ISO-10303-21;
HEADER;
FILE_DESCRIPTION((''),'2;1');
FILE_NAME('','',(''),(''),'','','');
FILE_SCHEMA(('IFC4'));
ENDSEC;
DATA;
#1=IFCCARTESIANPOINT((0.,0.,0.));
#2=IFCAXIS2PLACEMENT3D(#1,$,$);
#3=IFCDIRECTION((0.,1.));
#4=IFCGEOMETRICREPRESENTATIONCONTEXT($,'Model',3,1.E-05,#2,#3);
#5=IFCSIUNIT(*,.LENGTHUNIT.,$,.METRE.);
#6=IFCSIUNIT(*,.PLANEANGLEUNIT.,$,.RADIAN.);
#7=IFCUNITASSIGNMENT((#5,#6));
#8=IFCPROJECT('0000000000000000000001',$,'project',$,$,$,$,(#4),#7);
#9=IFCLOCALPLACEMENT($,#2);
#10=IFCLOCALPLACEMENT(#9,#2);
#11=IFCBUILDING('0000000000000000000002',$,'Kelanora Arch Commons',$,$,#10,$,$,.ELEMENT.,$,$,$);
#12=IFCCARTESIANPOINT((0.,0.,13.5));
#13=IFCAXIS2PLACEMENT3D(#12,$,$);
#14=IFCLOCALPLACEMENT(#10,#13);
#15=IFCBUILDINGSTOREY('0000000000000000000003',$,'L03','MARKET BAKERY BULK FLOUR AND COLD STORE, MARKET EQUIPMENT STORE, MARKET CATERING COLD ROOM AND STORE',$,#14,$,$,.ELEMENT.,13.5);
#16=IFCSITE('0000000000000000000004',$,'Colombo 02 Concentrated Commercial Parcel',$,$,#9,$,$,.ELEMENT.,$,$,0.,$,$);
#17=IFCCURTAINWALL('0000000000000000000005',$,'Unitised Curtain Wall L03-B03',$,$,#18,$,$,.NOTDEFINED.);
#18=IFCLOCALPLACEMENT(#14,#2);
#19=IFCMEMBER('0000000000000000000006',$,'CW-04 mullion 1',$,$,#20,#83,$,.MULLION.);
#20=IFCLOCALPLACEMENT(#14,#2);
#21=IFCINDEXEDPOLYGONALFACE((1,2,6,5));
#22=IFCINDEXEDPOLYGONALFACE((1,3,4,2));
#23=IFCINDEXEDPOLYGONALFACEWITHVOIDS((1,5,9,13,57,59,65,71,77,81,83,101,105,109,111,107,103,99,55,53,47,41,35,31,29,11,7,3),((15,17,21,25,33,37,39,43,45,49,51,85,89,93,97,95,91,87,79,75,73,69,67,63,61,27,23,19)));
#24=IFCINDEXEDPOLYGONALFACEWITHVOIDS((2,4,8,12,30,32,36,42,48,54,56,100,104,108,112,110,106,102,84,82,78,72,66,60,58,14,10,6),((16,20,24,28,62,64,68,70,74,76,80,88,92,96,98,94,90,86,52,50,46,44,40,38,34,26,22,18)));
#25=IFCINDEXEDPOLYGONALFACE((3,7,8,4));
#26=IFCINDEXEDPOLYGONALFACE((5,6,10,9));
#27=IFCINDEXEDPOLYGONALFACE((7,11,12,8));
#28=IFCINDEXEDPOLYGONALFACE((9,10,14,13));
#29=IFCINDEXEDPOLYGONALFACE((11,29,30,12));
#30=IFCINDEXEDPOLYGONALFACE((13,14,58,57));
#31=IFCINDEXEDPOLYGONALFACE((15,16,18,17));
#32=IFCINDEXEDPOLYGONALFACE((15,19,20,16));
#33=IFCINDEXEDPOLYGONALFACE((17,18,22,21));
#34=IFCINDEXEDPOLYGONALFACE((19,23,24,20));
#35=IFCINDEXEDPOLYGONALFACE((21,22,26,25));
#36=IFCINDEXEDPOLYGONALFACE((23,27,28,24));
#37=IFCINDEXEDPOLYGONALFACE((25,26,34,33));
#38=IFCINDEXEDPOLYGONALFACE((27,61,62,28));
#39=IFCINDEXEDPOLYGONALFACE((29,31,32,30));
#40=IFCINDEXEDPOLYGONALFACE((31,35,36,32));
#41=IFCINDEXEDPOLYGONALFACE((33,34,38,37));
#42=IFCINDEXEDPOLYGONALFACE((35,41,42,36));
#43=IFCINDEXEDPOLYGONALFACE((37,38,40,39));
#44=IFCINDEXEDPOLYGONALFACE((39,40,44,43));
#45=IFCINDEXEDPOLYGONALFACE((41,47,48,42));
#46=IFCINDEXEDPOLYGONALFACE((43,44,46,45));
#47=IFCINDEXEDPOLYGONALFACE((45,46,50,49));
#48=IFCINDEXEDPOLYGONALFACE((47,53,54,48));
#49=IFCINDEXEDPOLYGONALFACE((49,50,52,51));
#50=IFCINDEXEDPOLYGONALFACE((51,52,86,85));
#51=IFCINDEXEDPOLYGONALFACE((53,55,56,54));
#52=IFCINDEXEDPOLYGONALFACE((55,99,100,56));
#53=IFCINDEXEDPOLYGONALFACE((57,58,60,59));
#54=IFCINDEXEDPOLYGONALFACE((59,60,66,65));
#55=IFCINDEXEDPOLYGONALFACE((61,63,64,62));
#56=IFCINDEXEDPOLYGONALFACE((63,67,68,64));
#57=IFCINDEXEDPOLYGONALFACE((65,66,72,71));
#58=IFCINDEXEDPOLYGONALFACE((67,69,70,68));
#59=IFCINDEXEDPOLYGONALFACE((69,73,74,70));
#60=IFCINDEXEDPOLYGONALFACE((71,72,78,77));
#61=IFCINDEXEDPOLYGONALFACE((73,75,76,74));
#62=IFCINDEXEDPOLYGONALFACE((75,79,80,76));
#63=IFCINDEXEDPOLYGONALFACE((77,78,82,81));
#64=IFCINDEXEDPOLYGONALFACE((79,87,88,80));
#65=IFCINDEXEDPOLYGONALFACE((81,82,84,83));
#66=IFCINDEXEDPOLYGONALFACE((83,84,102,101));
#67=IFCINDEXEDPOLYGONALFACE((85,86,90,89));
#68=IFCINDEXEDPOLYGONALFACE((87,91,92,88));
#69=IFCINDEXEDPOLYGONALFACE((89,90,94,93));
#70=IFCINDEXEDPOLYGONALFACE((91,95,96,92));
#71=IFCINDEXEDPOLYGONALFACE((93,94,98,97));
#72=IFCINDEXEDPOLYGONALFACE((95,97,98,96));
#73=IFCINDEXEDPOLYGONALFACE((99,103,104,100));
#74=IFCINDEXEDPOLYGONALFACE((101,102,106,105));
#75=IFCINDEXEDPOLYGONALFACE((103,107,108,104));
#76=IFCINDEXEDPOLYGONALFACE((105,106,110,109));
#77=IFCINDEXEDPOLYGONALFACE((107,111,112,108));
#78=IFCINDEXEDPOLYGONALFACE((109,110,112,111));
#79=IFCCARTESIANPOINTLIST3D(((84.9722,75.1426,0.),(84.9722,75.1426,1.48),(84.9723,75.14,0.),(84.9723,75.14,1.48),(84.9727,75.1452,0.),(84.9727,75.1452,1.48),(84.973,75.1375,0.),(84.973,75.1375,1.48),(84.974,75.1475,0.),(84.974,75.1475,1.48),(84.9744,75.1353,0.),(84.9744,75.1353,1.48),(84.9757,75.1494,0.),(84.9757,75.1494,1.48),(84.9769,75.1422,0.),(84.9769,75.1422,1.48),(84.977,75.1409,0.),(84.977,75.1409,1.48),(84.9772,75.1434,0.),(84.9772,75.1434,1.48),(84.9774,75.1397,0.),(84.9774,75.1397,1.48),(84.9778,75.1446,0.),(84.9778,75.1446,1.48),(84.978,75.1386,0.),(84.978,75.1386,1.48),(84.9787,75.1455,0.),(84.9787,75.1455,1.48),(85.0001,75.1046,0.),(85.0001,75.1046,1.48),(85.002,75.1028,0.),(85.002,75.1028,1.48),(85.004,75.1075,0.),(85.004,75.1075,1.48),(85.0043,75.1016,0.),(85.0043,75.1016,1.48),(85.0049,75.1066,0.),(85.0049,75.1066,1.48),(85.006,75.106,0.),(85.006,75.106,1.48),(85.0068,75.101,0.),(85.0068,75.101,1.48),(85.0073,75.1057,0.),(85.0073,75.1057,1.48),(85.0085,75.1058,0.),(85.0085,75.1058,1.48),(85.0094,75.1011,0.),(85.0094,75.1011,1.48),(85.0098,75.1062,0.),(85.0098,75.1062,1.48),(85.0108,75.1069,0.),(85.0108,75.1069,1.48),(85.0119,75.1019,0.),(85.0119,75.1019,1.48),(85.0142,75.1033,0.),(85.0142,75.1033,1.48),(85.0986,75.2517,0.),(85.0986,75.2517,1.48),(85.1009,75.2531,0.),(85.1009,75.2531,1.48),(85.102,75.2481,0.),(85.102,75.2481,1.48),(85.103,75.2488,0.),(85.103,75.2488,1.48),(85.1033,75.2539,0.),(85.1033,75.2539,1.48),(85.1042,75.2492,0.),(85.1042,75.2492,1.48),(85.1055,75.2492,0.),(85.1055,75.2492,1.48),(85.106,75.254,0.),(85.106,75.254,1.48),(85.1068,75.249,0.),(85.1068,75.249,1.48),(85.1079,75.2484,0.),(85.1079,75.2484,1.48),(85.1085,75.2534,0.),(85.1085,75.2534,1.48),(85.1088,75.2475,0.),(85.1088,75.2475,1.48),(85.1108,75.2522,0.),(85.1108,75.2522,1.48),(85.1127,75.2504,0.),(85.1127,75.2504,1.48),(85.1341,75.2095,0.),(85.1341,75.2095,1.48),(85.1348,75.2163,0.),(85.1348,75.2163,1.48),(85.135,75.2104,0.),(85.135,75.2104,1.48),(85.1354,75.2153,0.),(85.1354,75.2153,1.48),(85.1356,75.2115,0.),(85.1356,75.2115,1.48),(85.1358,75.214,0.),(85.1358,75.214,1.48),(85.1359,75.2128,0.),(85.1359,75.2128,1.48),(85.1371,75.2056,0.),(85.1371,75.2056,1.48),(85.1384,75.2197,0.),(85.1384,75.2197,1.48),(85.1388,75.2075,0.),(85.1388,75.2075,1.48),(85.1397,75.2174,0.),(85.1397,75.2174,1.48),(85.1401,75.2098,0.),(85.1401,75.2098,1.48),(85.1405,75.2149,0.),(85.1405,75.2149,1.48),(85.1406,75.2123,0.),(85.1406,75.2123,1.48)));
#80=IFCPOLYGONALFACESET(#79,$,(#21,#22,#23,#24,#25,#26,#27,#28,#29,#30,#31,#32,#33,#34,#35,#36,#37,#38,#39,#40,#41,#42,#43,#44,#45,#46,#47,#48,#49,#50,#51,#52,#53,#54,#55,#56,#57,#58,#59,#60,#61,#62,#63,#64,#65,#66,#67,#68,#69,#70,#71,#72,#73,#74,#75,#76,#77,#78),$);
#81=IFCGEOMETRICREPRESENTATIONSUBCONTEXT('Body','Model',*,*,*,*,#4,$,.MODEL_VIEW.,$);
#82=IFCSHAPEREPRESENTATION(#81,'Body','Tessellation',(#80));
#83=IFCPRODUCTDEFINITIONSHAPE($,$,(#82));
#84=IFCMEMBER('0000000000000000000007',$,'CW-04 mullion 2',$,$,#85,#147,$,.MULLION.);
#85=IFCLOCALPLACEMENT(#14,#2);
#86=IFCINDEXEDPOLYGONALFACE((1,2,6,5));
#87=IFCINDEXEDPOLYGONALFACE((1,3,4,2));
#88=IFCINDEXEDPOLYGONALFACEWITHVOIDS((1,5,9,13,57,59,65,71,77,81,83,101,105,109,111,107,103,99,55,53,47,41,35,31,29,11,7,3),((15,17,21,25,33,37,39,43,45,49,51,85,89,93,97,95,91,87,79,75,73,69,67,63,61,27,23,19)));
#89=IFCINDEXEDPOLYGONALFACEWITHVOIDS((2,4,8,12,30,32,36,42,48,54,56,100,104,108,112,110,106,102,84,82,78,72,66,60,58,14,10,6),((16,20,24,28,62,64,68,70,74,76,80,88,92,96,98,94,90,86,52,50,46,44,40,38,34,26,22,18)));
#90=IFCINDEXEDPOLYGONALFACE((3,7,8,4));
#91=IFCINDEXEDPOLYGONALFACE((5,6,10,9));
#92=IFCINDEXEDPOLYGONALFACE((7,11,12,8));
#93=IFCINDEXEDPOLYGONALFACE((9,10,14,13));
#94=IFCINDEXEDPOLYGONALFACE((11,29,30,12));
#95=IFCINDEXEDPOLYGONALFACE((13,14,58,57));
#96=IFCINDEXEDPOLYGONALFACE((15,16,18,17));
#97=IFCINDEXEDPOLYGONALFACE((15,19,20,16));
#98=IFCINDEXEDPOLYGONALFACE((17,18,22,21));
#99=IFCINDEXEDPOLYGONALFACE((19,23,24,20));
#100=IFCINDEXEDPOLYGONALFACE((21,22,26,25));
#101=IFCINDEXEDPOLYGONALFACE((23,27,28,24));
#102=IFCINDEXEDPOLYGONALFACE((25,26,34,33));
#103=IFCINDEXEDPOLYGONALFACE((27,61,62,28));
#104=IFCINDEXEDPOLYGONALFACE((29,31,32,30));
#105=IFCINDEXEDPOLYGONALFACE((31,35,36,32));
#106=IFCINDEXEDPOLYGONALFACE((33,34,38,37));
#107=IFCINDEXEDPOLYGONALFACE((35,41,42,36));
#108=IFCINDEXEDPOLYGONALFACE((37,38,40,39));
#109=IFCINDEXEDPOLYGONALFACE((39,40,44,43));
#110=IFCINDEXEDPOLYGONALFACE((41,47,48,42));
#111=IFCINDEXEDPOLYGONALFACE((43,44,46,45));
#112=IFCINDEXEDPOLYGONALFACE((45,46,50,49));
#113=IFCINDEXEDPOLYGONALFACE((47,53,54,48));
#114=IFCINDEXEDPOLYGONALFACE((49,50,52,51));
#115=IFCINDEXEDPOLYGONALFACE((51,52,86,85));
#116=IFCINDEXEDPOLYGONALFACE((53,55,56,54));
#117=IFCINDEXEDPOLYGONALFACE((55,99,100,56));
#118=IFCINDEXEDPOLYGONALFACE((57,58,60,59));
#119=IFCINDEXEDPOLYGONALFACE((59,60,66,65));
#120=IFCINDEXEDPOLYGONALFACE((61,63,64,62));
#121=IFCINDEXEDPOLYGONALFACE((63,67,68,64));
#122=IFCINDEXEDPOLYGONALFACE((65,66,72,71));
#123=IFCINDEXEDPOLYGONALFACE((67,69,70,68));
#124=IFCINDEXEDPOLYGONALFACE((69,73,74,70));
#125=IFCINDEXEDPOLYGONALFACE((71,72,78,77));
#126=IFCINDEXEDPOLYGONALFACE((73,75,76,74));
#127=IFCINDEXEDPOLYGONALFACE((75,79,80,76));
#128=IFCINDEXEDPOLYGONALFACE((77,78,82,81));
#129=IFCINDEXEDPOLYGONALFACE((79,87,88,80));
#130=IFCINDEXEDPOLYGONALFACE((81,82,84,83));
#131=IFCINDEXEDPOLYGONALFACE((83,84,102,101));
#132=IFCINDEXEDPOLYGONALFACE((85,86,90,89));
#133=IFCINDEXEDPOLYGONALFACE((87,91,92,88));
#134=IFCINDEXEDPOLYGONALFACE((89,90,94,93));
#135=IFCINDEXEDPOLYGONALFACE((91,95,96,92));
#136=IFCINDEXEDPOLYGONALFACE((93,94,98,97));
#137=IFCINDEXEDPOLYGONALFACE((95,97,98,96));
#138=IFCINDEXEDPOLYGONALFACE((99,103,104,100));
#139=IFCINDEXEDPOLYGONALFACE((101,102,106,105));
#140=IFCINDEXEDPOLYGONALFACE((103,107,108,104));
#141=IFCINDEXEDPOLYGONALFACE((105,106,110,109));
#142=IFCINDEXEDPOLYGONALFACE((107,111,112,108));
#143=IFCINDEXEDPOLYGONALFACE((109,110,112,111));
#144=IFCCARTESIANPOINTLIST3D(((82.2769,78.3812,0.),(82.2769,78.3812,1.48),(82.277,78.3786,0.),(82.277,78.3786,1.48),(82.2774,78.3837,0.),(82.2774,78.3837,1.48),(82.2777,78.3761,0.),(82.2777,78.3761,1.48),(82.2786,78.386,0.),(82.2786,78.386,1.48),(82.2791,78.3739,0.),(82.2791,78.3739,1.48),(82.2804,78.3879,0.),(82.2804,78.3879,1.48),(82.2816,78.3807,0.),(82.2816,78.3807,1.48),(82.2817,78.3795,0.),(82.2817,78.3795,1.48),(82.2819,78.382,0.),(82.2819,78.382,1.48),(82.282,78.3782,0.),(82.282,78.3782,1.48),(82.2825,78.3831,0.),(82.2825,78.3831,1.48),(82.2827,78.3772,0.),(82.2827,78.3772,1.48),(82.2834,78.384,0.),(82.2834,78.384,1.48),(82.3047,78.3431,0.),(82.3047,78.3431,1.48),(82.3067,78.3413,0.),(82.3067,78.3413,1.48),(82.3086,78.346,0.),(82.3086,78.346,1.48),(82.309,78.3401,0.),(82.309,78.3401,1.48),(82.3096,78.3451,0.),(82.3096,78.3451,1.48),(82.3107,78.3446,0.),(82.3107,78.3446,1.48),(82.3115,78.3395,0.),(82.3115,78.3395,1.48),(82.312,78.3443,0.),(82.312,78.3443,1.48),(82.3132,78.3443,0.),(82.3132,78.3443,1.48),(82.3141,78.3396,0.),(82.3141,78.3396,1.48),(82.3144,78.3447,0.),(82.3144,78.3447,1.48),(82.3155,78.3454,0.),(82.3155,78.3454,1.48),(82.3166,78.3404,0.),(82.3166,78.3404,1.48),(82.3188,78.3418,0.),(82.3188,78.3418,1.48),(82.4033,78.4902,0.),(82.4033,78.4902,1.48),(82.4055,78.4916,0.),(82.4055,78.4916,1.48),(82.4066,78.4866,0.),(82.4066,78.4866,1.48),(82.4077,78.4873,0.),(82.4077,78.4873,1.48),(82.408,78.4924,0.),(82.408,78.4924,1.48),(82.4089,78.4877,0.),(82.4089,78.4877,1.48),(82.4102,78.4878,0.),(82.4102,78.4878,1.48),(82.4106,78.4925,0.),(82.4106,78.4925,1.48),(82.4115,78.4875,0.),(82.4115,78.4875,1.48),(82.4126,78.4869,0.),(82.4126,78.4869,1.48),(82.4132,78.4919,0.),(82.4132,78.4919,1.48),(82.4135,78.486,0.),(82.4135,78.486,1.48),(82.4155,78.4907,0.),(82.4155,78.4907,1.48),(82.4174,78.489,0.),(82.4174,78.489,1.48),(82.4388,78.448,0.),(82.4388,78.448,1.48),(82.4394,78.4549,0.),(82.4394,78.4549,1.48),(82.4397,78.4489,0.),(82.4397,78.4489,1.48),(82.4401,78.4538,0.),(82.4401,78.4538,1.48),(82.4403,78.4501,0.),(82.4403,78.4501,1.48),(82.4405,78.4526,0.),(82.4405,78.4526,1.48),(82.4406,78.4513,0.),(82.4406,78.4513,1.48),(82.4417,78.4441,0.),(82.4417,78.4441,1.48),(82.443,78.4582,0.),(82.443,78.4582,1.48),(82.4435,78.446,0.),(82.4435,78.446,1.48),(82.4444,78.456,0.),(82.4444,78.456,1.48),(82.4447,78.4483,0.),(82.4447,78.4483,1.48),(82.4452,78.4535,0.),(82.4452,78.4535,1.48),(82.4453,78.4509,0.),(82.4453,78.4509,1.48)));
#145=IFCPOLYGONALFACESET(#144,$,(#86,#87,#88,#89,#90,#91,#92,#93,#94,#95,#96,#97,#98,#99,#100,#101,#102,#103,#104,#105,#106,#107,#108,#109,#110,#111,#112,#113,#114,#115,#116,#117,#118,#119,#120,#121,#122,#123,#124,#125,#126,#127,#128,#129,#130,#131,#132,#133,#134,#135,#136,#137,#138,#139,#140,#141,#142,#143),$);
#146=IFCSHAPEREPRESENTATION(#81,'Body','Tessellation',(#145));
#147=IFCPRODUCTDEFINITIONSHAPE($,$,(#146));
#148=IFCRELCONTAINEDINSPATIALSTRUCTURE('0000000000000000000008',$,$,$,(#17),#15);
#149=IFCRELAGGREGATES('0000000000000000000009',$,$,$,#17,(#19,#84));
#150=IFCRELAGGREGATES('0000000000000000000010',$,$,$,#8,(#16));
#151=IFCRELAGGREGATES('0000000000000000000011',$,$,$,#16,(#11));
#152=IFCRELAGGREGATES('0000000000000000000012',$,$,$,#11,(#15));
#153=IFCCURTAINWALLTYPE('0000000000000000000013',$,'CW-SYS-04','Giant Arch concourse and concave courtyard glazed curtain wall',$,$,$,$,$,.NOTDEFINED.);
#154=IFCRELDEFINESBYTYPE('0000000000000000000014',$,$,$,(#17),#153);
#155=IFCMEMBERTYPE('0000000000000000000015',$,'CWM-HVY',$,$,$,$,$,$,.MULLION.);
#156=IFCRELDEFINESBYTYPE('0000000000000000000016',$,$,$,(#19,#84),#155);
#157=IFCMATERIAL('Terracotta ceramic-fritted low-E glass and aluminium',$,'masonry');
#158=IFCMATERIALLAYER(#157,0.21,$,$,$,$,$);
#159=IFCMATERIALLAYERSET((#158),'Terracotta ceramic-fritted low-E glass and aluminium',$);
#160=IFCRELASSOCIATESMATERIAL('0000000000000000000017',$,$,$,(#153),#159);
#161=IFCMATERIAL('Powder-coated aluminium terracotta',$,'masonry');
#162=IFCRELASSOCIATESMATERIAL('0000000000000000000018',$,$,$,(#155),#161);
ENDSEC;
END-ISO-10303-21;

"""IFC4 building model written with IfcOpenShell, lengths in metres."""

from ifc_helpers import new_model, si_unit, direction, frame, origin, origin_2d, place, context, subcontext, project, spatial, hollow_rectangle, extrude, material, layer, layer_set, material_profile, profile_set, type_object, element, aggregate, save


model = new_model("IFC4")

# Units and contexts
model_context = context("Model", 3, precision=1e-05, world=origin(), true_north=direction((0.0, 1.0)))
body_context = subcontext(model_context, "Body", "Model", "MODEL_VIEW")
ifc_project = project(units=[si_unit("LENGTHUNIT", "METRE"), si_unit("PLANEANGLEUNIT", "RADIAN")], contexts=[model_context])

# Site, building, storey
site_placement = place(None, origin())
site = spatial("IfcSite", under=ifc_project, at=site_placement, Name="Colombo 02 Concentrated Commercial Parcel", CompositionType="ELEMENT", RefElevation=0.0)
building_placement = place(site_placement, origin())
building = spatial("IfcBuilding", under=site, at=building_placement, Name="Kelanora Arch Commons", CompositionType="ELEMENT")
storey_placement = place(building_placement, frame((0.0, 0.0, 13.5)))
storey = spatial("IfcBuildingStorey", under=building, at=storey_placement, Name="L03", Description="MARKET BAKERY BULK FLOUR AND COLD STORE, MARKET EQUIPMENT STORE, MARKET CATERING COLD ROOM AND STORE", CompositionType="ELEMENT", Elevation=13.5)

# Curtain wall, members
ifc_material_1 = material(Name="Terracotta ceramic-fritted low-E glass and aluminium", Category="masonry")
ifc_layer_1 = layer(ifc_material_1, 0.21)
ifc_layer_set_1 = layer_set([ifc_layer_1], Name="Terracotta ceramic-fritted low-E glass and aluminium")
curtain_wall_type = type_object("IfcCurtainWallType", Name="CW-SYS-04", Description="Giant Arch concourse and concave courtyard glazed curtain wall", PredefinedType="NOTDEFINED", material=ifc_layer_set_1)
ifc_material_2 = material(Name="Powder-coated aluminium terracotta", Category="masonry")
ifc_material_profile_1 = material_profile(ifc_material_2, hollow_rectangle(XDim=0.1799, YDim=0.0601, WallThickness=0.0049, InnerFilletRadius=0.0049, OuterFilletRadius=0.01, at=origin_2d()), Name="CWM180x60")
ifc_profile_set_1 = profile_set([ifc_material_profile_1], Name="Powder-coated aluminium terracotta")
member_type_1 = type_object("IfcMemberType", Name="CWM-HVY", PredefinedType="MULLION", material=ifc_profile_set_1)
curtain_wall_1_placement = place(storey_placement, origin())
curtain_wall_1 = element("IfcCurtainWall", 1, at=curtain_wall_1_placement, inside=storey, type_object=curtain_wall_type, Name="Unitised Curtain Wall L03-B03", PredefinedType="NOTDEFINED")
member_1_placement = place(storey_placement, frame((85.0564, 75.1775, 0.0), z_axis=(0.0, 0.0, 1.0), x_axis=(-0.768623, -0.639702, 0.0)))
member_1 = element("IfcMember", 2, at=member_1_placement, type_object=member_type_1, Name="CW-04 mullion 1", PredefinedType="MULLION", context=body_context, shape_type="SweptSolid", body=[
    extrude(hollow_rectangle(XDim=0.1799, YDim=0.0601, WallThickness=0.0049, InnerFilletRadius=0.0049, OuterFilletRadius=0.01, at=origin_2d()), origin(), (0.0, 0.0, 1.0), 1.48),
])
member_2_placement = place(storey_placement, frame((82.3611, 78.416, 0.0), z_axis=(0.0, 0.0, 1.0), x_axis=(-0.768623, -0.639702, 0.0)))
member_2 = element("IfcMember", 3, at=member_2_placement, type_object=member_type_1, Name="CW-04 mullion 2", PredefinedType="MULLION", context=body_context, shape_type="SweptSolid", body=[
    extrude(hollow_rectangle(XDim=0.1799, YDim=0.0601, WallThickness=0.0049, InnerFilletRadius=0.0049, OuterFilletRadius=0.01, at=origin_2d()), origin(), (0.0, 0.0, 1.0), 1.48),
])

aggregate(curtain_wall_1, [member_1, member_2])

save(model, "model.ifc")
